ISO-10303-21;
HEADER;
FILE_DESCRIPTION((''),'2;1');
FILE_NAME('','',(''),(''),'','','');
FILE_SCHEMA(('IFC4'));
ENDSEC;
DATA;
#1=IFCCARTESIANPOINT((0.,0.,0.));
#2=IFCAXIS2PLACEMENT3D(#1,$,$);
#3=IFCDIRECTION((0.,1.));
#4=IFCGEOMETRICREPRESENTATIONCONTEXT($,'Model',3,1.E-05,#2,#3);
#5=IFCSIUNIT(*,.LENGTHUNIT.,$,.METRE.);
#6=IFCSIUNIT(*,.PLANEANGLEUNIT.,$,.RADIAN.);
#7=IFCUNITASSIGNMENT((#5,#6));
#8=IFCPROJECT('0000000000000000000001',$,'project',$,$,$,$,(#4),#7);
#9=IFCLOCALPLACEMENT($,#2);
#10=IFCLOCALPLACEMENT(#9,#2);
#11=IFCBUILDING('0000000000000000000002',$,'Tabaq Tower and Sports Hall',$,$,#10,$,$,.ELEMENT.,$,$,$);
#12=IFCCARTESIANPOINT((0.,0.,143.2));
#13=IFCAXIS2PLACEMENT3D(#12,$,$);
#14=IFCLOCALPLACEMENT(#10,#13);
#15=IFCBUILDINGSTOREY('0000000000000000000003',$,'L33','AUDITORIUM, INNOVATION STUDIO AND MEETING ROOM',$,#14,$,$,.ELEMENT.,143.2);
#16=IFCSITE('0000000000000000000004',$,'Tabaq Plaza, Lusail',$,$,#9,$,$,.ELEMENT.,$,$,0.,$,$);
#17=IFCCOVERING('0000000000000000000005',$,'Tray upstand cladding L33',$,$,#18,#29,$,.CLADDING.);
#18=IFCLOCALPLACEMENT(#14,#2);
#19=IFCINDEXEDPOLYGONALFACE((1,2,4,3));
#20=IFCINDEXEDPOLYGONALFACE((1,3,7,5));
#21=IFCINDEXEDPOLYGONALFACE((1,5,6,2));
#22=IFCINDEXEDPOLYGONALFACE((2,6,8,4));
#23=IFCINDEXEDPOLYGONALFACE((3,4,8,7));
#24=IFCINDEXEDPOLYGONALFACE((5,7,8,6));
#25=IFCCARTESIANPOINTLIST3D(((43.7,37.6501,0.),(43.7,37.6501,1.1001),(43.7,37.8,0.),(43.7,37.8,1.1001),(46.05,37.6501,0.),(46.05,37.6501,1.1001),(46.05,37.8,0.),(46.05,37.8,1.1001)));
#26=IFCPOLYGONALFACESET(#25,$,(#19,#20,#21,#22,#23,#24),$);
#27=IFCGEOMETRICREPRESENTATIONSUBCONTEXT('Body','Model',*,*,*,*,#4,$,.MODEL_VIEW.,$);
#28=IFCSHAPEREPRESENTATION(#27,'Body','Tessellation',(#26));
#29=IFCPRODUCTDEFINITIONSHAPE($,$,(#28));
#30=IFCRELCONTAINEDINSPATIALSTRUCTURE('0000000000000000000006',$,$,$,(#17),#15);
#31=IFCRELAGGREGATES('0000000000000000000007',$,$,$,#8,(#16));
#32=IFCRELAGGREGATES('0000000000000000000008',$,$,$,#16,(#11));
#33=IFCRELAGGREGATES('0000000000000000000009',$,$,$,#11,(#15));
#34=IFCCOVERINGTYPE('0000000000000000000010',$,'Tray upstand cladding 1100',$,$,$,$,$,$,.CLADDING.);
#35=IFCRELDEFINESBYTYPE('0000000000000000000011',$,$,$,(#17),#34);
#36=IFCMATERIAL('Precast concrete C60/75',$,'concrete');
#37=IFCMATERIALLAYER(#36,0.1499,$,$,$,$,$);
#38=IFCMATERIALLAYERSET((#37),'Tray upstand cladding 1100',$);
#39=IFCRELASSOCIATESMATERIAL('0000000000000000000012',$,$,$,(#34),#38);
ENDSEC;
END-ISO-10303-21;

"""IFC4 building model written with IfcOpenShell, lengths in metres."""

from ifc_helpers import new_model, si_unit, direction, frame, frame_2d, origin, place, context, subcontext, project, spatial, rectangle, extrude, material, layer, layer_set, type_object, element, save


model = new_model("IFC4")

# Units and contexts
model_context = context("Model", 3, precision=1e-05, world=origin(), true_north=direction((0.0, 1.0)))
body_context = subcontext(model_context, "Body", "Model", "MODEL_VIEW")
ifc_project = project(units=[si_unit("LENGTHUNIT", "METRE"), si_unit("PLANEANGLEUNIT", "RADIAN")], contexts=[model_context])

# Site, building, storey
site_placement = place(None, origin())
site = spatial("IfcSite", under=ifc_project, at=site_placement, Name="Tabaq Plaza, Lusail", CompositionType="ELEMENT", RefElevation=0.0)
building_placement = place(site_placement, origin())
building = spatial("IfcBuilding", under=site, at=building_placement, Name="Tabaq Tower and Sports Hall", CompositionType="ELEMENT")
storey_placement = place(building_placement, frame((0.0, 0.0, 143.2)))
storey = spatial("IfcBuildingStorey", under=building, at=storey_placement, Name="L33", Description="AUDITORIUM, INNOVATION STUDIO AND MEETING ROOM", CompositionType="ELEMENT", Elevation=143.2)

# Covering
ifc_material_1 = material(Name="Precast concrete C60/75", Category="concrete")
ifc_layer_1 = layer(ifc_material_1, 0.1499)
ifc_layer_set_1 = layer_set([ifc_layer_1], Name="Tray upstand cladding 1100")
covering_type_1 = type_object("IfcCoveringType", Name="Tray upstand cladding 1100", PredefinedType="CLADDING", material=ifc_layer_set_1)
covering_1_placement = place(storey_placement, frame((43.7, 37.7251, 0.0), z_axis=(0.0, 0.0, 1.0), x_axis=(1.0, 0.0, 0.0)))
element("IfcCovering", 1, at=covering_1_placement, inside=storey, type_object=covering_type_1, Name="Tray upstand cladding L33", PredefinedType="CLADDING", context=body_context, shape_type="SweptSolid", body=[
    extrude(rectangle(XDim=2.3501, YDim=0.1499, at=frame_2d((1.175, 0.0))), origin(), (0.0, 0.0, 1.0), 1.1001),
])

save(model, "model.ifc")
